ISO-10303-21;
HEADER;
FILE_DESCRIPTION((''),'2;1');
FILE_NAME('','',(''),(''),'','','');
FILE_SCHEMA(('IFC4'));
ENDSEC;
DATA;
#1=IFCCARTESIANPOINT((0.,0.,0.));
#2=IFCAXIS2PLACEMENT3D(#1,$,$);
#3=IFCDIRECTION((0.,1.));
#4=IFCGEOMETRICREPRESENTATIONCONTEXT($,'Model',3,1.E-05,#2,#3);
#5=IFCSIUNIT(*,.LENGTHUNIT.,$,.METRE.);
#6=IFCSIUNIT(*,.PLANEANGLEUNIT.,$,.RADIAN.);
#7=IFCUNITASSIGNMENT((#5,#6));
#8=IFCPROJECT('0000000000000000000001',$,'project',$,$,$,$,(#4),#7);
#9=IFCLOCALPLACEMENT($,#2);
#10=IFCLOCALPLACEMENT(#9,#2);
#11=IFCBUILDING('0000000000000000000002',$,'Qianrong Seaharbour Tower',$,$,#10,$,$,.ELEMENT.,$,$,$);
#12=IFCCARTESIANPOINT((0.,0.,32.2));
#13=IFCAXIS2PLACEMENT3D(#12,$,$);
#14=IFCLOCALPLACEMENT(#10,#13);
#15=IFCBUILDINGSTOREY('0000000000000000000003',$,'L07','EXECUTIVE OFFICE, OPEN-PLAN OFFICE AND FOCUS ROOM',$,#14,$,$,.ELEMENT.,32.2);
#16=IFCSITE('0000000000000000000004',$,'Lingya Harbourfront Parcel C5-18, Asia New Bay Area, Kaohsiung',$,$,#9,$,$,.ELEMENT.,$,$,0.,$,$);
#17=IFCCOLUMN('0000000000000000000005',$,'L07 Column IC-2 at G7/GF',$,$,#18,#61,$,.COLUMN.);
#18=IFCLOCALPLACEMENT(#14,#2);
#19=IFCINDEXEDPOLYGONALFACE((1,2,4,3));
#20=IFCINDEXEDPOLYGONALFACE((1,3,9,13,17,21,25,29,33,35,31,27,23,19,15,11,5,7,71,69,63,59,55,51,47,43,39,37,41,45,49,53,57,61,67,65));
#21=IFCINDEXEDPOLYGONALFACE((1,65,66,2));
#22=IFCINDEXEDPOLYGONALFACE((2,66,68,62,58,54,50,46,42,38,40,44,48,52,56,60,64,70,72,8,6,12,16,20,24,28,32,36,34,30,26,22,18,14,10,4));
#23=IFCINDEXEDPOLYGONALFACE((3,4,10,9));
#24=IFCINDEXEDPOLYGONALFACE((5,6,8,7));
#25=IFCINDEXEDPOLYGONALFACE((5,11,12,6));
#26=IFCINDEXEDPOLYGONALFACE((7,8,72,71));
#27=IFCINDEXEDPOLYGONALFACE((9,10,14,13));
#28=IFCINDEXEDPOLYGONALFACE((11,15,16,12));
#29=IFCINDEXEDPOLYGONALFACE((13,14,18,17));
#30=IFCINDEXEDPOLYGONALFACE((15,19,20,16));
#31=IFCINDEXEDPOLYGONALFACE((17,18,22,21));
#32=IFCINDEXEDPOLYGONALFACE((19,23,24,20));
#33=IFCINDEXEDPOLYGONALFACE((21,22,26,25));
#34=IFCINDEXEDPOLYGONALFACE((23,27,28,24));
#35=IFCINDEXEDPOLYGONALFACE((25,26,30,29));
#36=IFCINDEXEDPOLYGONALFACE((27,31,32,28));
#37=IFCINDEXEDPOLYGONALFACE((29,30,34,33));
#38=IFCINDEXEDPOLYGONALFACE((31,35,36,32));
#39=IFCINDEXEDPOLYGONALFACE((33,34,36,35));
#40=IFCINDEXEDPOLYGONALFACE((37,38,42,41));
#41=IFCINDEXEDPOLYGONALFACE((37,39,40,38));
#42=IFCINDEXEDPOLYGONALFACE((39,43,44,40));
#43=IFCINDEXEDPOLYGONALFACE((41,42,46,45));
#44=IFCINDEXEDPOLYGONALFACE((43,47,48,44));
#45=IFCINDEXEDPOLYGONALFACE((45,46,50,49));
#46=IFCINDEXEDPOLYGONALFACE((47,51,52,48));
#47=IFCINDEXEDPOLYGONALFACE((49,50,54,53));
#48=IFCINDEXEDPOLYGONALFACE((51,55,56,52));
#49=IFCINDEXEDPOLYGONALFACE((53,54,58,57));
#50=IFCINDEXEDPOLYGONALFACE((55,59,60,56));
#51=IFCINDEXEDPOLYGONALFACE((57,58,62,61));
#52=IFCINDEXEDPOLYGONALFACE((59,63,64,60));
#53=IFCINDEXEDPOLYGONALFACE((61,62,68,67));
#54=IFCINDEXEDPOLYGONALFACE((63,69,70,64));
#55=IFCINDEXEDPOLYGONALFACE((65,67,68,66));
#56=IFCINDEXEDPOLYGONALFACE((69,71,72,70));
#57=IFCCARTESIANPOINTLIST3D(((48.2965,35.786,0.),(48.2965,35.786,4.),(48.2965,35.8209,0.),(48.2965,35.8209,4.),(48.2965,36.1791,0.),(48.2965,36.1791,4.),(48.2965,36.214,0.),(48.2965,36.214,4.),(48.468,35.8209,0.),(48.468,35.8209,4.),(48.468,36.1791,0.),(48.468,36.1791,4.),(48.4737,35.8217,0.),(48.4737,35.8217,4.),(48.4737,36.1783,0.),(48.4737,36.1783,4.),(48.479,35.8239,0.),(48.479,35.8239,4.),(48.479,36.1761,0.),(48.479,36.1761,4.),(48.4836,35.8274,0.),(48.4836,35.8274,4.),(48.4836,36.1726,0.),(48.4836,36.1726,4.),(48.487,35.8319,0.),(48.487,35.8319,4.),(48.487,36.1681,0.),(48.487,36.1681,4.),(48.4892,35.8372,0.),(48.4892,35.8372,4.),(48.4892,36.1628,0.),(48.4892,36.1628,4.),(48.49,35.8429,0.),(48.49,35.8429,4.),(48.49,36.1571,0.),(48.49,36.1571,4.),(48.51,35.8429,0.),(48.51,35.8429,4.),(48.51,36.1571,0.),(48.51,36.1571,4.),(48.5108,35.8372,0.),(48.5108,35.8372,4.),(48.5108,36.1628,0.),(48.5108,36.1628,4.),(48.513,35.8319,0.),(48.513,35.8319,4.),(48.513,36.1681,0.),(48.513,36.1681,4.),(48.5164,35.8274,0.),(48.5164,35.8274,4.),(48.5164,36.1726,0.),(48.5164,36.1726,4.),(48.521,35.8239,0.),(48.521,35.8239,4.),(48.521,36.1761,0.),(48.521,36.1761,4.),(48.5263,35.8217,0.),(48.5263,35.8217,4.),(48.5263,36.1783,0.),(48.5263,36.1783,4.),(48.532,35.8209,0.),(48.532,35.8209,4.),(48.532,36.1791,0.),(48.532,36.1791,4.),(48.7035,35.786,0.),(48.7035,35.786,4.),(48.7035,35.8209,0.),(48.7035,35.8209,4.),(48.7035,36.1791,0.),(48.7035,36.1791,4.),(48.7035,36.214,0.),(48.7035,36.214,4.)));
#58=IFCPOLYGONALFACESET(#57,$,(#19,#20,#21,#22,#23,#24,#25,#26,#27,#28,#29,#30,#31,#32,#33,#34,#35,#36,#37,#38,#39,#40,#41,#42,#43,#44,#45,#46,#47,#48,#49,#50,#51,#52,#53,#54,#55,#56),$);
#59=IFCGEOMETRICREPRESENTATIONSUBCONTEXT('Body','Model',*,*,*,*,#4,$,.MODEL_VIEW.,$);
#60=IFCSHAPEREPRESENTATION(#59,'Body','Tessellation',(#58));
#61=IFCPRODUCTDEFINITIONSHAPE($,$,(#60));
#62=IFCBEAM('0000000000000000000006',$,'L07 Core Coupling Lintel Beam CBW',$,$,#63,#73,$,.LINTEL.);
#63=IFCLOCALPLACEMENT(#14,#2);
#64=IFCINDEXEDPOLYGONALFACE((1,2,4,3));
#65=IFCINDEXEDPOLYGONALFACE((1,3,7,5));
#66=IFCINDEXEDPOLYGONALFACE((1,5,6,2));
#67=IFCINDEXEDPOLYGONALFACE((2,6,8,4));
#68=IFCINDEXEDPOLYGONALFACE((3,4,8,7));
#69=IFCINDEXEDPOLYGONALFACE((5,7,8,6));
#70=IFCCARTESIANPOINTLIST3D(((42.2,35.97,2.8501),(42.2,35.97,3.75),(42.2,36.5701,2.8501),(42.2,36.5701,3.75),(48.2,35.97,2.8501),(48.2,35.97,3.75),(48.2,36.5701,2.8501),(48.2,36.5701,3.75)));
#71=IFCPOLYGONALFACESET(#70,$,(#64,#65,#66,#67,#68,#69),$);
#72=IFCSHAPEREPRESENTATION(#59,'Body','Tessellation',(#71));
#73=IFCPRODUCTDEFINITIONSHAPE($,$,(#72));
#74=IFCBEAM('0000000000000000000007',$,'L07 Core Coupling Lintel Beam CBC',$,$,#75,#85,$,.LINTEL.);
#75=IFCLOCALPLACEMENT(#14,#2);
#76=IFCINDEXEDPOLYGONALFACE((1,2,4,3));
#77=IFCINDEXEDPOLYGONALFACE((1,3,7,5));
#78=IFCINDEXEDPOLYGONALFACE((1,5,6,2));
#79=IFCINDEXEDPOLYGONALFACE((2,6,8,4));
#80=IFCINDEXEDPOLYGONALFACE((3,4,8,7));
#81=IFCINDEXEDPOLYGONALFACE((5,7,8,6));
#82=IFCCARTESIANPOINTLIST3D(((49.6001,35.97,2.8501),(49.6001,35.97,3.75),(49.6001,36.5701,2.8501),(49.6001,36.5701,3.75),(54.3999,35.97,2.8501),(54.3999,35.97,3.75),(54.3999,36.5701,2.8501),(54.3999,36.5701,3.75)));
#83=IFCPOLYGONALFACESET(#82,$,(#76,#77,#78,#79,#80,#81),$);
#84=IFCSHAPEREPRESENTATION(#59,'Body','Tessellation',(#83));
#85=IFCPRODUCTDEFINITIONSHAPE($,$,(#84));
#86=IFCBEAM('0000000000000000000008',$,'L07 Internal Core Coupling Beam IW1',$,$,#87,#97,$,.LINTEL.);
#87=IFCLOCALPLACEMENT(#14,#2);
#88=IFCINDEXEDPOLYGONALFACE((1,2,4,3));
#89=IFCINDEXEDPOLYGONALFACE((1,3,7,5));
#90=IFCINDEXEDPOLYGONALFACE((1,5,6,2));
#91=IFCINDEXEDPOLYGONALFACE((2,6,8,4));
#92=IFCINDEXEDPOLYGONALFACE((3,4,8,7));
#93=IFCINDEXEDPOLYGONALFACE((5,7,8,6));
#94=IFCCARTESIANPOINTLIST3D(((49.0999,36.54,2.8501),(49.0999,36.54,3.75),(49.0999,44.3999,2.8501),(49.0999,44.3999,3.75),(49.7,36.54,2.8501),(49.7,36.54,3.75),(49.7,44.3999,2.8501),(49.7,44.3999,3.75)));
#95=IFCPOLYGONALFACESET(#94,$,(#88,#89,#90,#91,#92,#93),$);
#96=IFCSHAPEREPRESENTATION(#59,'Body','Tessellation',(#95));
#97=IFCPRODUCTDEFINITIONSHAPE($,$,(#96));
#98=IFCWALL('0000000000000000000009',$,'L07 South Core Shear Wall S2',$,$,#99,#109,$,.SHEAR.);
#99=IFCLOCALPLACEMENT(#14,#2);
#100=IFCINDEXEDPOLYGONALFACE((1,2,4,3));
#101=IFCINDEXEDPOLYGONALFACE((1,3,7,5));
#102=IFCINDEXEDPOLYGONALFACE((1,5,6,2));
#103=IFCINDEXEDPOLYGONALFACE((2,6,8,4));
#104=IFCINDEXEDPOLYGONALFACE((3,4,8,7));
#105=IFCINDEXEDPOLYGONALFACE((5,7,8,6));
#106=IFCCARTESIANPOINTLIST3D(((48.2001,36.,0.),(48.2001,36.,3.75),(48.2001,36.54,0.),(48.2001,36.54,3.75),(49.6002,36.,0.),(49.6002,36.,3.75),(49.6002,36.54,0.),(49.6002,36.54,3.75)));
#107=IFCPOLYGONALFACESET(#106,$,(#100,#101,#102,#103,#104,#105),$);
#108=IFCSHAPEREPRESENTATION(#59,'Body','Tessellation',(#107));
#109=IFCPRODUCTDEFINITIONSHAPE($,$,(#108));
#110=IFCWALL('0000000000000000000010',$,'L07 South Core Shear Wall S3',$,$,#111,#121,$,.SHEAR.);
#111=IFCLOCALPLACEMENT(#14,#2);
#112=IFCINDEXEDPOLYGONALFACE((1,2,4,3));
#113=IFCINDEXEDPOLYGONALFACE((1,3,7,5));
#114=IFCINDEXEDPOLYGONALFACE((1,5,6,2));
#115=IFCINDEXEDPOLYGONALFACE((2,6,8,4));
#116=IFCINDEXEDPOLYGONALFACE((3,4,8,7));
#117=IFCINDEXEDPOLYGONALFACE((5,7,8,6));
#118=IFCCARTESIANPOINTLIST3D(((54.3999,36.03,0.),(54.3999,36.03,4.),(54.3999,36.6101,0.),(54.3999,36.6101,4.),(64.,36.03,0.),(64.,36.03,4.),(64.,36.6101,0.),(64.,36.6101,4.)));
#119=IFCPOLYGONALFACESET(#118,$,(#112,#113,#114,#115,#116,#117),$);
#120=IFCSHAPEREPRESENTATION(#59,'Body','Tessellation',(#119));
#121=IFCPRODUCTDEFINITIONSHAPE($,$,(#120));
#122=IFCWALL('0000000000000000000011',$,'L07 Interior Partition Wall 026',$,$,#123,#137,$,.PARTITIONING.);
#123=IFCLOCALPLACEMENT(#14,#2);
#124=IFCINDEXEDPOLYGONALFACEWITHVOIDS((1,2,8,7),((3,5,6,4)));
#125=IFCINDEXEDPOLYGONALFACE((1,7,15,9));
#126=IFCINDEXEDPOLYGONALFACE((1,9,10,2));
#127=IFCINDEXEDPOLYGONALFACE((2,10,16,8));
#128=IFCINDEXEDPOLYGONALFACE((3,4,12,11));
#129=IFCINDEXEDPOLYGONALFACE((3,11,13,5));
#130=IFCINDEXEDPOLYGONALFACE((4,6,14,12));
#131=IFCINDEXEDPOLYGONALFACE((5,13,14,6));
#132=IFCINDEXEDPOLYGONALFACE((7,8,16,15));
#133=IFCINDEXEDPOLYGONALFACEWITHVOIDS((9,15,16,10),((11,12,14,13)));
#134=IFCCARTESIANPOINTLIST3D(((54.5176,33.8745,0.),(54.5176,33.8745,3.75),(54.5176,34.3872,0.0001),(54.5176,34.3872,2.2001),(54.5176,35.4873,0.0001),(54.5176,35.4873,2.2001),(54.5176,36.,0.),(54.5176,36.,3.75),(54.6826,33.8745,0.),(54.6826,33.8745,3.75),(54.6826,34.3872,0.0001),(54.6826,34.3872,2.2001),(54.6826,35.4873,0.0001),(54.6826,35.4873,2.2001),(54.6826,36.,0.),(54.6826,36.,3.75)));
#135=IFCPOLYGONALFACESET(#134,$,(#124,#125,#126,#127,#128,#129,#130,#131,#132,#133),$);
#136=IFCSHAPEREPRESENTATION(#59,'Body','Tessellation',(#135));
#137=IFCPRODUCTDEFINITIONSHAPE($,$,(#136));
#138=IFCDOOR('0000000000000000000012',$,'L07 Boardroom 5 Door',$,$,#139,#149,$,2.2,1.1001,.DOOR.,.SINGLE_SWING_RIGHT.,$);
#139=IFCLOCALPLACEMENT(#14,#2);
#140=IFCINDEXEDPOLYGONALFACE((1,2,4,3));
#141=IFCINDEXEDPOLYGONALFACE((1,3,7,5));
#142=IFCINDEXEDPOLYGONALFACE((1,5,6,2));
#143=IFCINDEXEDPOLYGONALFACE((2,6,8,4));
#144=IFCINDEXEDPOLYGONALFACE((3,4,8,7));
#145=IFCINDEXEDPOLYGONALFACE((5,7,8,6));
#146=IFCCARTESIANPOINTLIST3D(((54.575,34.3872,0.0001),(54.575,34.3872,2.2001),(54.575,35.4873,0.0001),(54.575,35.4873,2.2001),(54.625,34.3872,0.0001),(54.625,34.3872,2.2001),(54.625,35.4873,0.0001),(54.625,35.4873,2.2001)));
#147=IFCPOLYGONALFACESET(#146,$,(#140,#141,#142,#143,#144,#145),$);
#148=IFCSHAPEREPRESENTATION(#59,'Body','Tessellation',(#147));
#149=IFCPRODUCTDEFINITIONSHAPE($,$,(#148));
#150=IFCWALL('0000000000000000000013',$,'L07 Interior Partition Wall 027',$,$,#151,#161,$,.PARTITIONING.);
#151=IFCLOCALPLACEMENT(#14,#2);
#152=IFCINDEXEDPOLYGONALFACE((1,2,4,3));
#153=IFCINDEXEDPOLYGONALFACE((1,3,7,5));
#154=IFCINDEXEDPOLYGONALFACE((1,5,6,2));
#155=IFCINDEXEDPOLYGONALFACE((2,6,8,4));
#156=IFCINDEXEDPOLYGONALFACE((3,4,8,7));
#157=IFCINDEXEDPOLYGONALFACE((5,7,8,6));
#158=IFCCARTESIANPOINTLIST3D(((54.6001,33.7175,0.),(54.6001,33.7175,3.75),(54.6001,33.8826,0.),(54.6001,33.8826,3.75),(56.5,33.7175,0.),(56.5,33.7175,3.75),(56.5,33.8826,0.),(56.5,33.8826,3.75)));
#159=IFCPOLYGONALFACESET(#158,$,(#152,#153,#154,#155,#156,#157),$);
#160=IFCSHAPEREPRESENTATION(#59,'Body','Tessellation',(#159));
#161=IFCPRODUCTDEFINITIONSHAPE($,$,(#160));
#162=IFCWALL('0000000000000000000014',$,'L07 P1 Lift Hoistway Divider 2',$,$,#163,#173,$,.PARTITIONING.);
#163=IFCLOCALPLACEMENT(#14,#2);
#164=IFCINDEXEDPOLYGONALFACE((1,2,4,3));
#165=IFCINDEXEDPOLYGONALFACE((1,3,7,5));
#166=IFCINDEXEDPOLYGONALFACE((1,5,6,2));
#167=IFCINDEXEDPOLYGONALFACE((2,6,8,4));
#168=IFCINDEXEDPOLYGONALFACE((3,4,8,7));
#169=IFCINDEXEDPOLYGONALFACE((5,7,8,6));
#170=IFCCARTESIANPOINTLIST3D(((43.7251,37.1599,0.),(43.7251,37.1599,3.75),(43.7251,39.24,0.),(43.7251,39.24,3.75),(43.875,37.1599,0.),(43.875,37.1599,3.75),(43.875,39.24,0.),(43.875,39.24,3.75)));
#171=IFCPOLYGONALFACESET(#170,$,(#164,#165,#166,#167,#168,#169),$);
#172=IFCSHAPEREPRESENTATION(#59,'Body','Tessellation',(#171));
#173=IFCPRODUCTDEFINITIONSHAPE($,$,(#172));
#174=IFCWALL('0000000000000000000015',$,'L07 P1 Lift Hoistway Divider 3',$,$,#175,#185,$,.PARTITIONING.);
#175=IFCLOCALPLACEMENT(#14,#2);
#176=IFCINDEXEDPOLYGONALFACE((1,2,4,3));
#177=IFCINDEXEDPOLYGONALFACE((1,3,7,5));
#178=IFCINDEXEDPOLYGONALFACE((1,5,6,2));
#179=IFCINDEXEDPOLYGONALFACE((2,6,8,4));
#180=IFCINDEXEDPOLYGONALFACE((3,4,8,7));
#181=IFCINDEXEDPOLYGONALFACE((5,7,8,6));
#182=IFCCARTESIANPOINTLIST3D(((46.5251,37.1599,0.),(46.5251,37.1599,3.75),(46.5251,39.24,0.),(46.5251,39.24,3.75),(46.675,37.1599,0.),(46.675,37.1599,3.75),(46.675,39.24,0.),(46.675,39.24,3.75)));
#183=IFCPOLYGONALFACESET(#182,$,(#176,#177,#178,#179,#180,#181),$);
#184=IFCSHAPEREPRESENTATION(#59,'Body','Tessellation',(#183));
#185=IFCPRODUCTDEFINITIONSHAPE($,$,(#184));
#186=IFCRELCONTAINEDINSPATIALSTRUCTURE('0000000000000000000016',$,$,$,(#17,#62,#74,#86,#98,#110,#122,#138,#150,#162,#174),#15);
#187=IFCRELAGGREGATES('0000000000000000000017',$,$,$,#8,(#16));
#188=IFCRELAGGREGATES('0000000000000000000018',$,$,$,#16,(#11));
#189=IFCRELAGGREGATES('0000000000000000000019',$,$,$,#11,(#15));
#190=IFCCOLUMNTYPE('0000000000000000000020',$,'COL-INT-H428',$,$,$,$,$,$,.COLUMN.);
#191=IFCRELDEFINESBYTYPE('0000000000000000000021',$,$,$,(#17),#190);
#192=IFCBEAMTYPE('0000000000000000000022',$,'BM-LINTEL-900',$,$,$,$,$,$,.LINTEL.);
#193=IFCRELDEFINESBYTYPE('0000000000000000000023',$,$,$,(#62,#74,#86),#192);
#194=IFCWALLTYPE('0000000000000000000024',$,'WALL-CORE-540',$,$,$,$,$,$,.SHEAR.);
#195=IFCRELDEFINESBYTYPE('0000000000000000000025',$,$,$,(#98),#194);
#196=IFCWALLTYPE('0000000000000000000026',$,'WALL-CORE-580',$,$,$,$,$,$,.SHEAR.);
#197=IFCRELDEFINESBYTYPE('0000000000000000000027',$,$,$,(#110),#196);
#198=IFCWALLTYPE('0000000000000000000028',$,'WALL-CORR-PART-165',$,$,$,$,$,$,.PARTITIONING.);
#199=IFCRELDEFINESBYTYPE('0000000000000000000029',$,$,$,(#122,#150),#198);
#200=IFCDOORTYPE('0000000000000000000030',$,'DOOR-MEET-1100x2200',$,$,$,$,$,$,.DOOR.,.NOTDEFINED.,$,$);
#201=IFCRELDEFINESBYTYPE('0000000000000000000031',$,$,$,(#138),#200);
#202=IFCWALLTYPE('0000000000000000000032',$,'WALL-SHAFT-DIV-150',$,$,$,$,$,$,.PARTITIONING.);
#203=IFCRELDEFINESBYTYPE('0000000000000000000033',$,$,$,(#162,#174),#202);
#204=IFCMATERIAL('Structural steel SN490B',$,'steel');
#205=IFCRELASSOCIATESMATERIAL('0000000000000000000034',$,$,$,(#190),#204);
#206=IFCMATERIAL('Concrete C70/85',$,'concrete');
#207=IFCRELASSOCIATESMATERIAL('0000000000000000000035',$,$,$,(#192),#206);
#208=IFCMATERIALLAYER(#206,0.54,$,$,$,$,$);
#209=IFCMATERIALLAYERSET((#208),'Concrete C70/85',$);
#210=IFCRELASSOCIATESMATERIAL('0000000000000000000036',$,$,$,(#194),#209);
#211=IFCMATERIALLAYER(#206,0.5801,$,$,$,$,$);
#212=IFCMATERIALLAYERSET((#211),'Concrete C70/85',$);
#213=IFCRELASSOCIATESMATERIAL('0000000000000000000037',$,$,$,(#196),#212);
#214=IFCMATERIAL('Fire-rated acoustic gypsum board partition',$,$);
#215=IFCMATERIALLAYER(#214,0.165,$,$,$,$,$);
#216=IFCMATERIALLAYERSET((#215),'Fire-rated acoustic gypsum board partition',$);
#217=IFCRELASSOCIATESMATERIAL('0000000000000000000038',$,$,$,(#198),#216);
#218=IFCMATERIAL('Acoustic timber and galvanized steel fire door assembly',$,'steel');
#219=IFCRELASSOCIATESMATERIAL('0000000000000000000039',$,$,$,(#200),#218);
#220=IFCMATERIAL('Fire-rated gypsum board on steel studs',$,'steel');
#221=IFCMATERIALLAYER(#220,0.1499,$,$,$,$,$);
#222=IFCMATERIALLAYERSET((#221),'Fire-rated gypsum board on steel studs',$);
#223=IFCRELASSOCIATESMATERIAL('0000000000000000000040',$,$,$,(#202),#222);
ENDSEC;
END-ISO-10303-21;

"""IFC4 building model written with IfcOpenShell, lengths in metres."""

from ifc_helpers import new_model, si_unit, direction, frame, frame_2d, origin, origin_2d, place, context, subcontext, project, spatial, rectangle, i_section, extrude, material, layer, layer_set, material_profile, profile_set, type_object, element, fill, save


model = new_model("IFC4")

# Units and contexts
model_context = context("Model", 3, precision=1e-05, world=origin(), true_north=direction((0.0, 1.0)))
body_context = subcontext(model_context, "Body", "Model", "MODEL_VIEW")
ifc_project = project(units=[si_unit("LENGTHUNIT", "METRE"), si_unit("PLANEANGLEUNIT", "RADIAN")], contexts=[model_context])

# Site, building, storey
site_placement = place(None, origin())
site = spatial("IfcSite", under=ifc_project, at=site_placement, Name="Lingya Harbourfront Parcel C5-18, Asia New Bay Area, Kaohsiung", CompositionType="ELEMENT", RefElevation=0.0)
building_placement = place(site_placement, origin())
building = spatial("IfcBuilding", under=site, at=building_placement, Name="Qianrong Seaharbour Tower", CompositionType="ELEMENT")
storey_placement = place(building_placement, frame((0.0, 0.0, 32.2)))
storey = spatial("IfcBuildingStorey", under=building, at=storey_placement, Name="L07", Description="EXECUTIVE OFFICE, OPEN-PLAN OFFICE AND FOCUS ROOM", CompositionType="ELEMENT", Elevation=32.2)

# Column
ifc_material_1 = material(Name="Structural steel SN490B", Category="steel")
ifc_material_profile_1 = material_profile(ifc_material_1, i_section(OverallWidth=0.407, OverallDepth=0.428, WebThickness=0.02, FlangeThickness=0.0349, FilletRadius=0.022, at=origin_2d()), Name="H428x407x20x35")
ifc_profile_set_1 = profile_set([ifc_material_profile_1], Name="Structural steel SN490B")
column_type = type_object("IfcColumnType", Name="COL-INT-H428", PredefinedType="COLUMN", material=ifc_profile_set_1)
column_placement = place(storey_placement, frame((48.5, 36.0, 0.0), z_axis=(0.0, 0.0, 1.0), x_axis=(1.0, 0.0, 0.0)))
element("IfcColumn", 1, at=column_placement, inside=storey, type_object=column_type, Name="L07 Column IC-2 at G7/GF", PredefinedType="COLUMN", context=body_context, shape_type="SweptSolid", body=[
    extrude(i_section(OverallWidth=0.407, OverallDepth=0.428, WebThickness=0.02, FlangeThickness=0.0349, FilletRadius=0.022, at=origin_2d()), origin(), (0.0, 0.0, 1.0), 4.0),
])

# Beams
ifc_material_2 = material(Name="Concrete C70/85", Category="concrete")
ifc_material_profile_2 = material_profile(ifc_material_2, rectangle(XDim=0.6001, YDim=0.8999, at=origin_2d()), Name="RC600x900")
ifc_profile_set_2 = profile_set([ifc_material_profile_2], Name="Concrete C70/85")
beam_type = type_object("IfcBeamType", Name="BM-LINTEL-900", PredefinedType="LINTEL", material=ifc_profile_set_2)
beam_1_placement = place(storey_placement, frame((42.2, 36.27, 3.3), z_axis=(1.0, 0.0, 0.0), x_axis=(0.0, 1.0, 0.0)))
element("IfcBeam", 2, at=beam_1_placement, inside=storey, type_object=beam_type, Name="L07 Core Coupling Lintel Beam CBW", PredefinedType="LINTEL", context=body_context, shape_type="SweptSolid", body=[
    extrude(rectangle(XDim=0.6001, YDim=0.8999, at=origin_2d()), origin(), (0.0, 0.0, 1.0), 6.0),
])
beam_2_placement = place(storey_placement, frame((49.6001, 36.27, 3.3), z_axis=(1.0, 0.0, 0.0), x_axis=(0.0, 1.0, 0.0)))
element("IfcBeam", 3, at=beam_2_placement, inside=storey, type_object=beam_type, Name="L07 Core Coupling Lintel Beam CBC", PredefinedType="LINTEL", context=body_context, shape_type="SweptSolid", body=[
    extrude(rectangle(XDim=0.6001, YDim=0.8999, at=origin_2d()), origin(), (0.0, 0.0, 1.0), 4.7998),
])
beam_3_placement = place(storey_placement, frame((49.3999, 36.54, 3.3), z_axis=(0.0, 1.0, 0.0), x_axis=(-1.0, 0.0, 0.0)))
element("IfcBeam", 4, at=beam_3_placement, inside=storey, type_object=beam_type, Name="L07 Internal Core Coupling Beam IW1", PredefinedType="LINTEL", context=body_context, shape_type="SweptSolid", body=[
    extrude(rectangle(XDim=0.6001, YDim=0.8999, at=origin_2d()), origin(), (0.0, 0.0, 1.0), 7.8599),
])

# Walls
ifc_layer_1 = layer(ifc_material_2, 0.54)
ifc_layer_set_1 = layer_set([ifc_layer_1], Name="Concrete C70/85")
wall_type_1 = type_object("IfcWallType", Name="WALL-CORE-540", PredefinedType="SHEAR", material=ifc_layer_set_1)
wall_1_placement = place(storey_placement, frame((48.2, 36.27, 0.0), z_axis=(0.0, 0.0, 1.0), x_axis=(1.0, 0.0, 0.0)))
element("IfcWall", 5, at=wall_1_placement, inside=storey, type_object=wall_type_1, Name="L07 South Core Shear Wall S2", PredefinedType="SHEAR", context=body_context, shape_type="SweptSolid", body=[
    extrude(rectangle(XDim=1.4001, YDim=0.54, at=frame_2d((0.7002, 0.0))), origin(), (0.0, 0.0, 1.0), 3.75),
])
ifc_layer_2 = layer(ifc_material_2, 0.5801)
ifc_layer_set_2 = layer_set([ifc_layer_2], Name="Concrete C70/85")
wall_type_2 = type_object("IfcWallType", Name="WALL-CORE-580", PredefinedType="SHEAR", material=ifc_layer_set_2)
wall_2_placement = place(storey_placement, frame((54.3999, 36.3201, 0.0), z_axis=(0.0, 0.0, 1.0), x_axis=(1.0, 0.0, 0.0)))
element("IfcWall", 6, at=wall_2_placement, inside=storey, type_object=wall_type_2, Name="L07 South Core Shear Wall S3", PredefinedType="SHEAR", context=body_context, shape_type="SweptSolid", body=[
    extrude(rectangle(XDim=9.6001, YDim=0.5801, at=frame_2d((4.8, 0.0))), origin(), (0.0, 0.0, 1.0), 4.0),
])

# Wall, opening, door
ifc_material_3 = material(Name="Fire-rated acoustic gypsum board partition")
ifc_layer_3 = layer(ifc_material_3, 0.165)
ifc_layer_set_3 = layer_set([ifc_layer_3], Name="Fire-rated acoustic gypsum board partition")
wall_type_3 = type_object("IfcWallType", Name="WALL-CORR-PART-165", PredefinedType="PARTITIONING", material=ifc_layer_set_3)
wall_3_placement = place(storey_placement, frame((54.6001, 36.0, 0.0), z_axis=(0.0, 0.0, 1.0), x_axis=(0.0, -1.0, 0.0)))
wall_3 = element("IfcWall", 7, at=wall_3_placement, inside=storey, type_object=wall_type_3, Name="L07 Interior Partition Wall 026", PredefinedType="PARTITIONING", context=body_context, shape_type="SweptSolid", body=[
    extrude(rectangle(XDim=2.1255, YDim=0.165, at=frame_2d((1.0627, 0.0))), origin(), (0.0, 0.0, 1.0), 3.75),
])
opening_1_placement = place(wall_3_placement, frame((0.5127, 0.0, 0.0)))
opening_1 = element("IfcOpeningElement", 8, at=opening_1_placement, cuts=wall_3, PredefinedType="OPENING", context=body_context, shape_type="SweptSolid", body=[
    extrude(rectangle(XDim=1.1001, YDim=2.2, at=frame_2d((0.55, 1.1001))), frame((0.0, 0.0925, 0.0), z_axis=(0.0, -1.0, 0.0), x_axis=(1.0, 0.0, 0.0)), (0.0, 0.0, 1.0), 0.1851),
])
ifc_material_4 = material(Name="Acoustic timber and galvanized steel fire door assembly", Category="steel")
door_type_1 = type_object("IfcDoorType", Name="DOOR-MEET-1100x2200", OperationType="NOTDEFINED", PredefinedType="DOOR", material=ifc_material_4)
door_1_placement = place(opening_1_placement, origin())
door_1 = element("IfcDoor", 9, at=door_1_placement, inside=storey, type_object=door_type_1, Name="L07 Boardroom 5 Door", OperationType="SINGLE_SWING_RIGHT", OverallHeight=2.2, OverallWidth=1.1001, PredefinedType="DOOR", context=body_context, shape_type="SweptSolid", body=[
    extrude(rectangle(XDim=1.1001, YDim=2.2, at=frame_2d((0.55, 1.1001))), frame((0.0, 0.0249, 0.0), z_axis=(0.0, -1.0, 0.0), x_axis=(1.0, 0.0, 0.0)), (0.0, 0.0, 1.0), 0.05),
])
fill(opening_1, door_1)

# Walls
wall_4_placement = place(storey_placement, frame((54.6001, 33.8, 0.0), z_axis=(0.0, 0.0, 1.0), x_axis=(1.0, 0.0, 0.0)))
element("IfcWall", 10, at=wall_4_placement, inside=storey, type_object=wall_type_3, Name="L07 Interior Partition Wall 027", PredefinedType="PARTITIONING", context=body_context, shape_type="SweptSolid", body=[
    extrude(rectangle(XDim=1.8999, YDim=0.165, at=frame_2d((0.95, 0.0))), origin(), (0.0, 0.0, 1.0), 3.75),
])
ifc_material_5 = material(Name="Fire-rated gypsum board on steel studs", Category="steel")
ifc_layer_4 = layer(ifc_material_5, 0.1499)
ifc_layer_set_4 = layer_set([ifc_layer_4], Name="Fire-rated gypsum board on steel studs")
wall_type_4 = type_object("IfcWallType", Name="WALL-SHAFT-DIV-150", PredefinedType="PARTITIONING", material=ifc_layer_set_4)
for number, where, z_axis, x_axis, name in (
    (11, (43.8, 37.1599, 0.0), (0.0, 0.0, 1.0), (0.0, 1.0, 0.0), "L07 P1 Lift Hoistway Divider 2"),
    (12, (46.6001, 37.1599, 0.0), (0.0, 0.0, 1.0), (0.0, 1.0, 0.0), "L07 P1 Lift Hoistway Divider 3"),
):
    element("IfcWall", number, at=place(storey_placement, frame(where, z_axis=z_axis, x_axis=x_axis)), inside=storey, type_object=wall_type_4, Name=name, PredefinedType="PARTITIONING", context=body_context, shape_type="SweptSolid", body=[
        extrude(rectangle(XDim=2.0801, YDim=0.1499, at=frame_2d((1.04, 0.0))), origin(), (0.0, 0.0, 1.0), 3.75),
    ])

save(model, "model.ifc")
